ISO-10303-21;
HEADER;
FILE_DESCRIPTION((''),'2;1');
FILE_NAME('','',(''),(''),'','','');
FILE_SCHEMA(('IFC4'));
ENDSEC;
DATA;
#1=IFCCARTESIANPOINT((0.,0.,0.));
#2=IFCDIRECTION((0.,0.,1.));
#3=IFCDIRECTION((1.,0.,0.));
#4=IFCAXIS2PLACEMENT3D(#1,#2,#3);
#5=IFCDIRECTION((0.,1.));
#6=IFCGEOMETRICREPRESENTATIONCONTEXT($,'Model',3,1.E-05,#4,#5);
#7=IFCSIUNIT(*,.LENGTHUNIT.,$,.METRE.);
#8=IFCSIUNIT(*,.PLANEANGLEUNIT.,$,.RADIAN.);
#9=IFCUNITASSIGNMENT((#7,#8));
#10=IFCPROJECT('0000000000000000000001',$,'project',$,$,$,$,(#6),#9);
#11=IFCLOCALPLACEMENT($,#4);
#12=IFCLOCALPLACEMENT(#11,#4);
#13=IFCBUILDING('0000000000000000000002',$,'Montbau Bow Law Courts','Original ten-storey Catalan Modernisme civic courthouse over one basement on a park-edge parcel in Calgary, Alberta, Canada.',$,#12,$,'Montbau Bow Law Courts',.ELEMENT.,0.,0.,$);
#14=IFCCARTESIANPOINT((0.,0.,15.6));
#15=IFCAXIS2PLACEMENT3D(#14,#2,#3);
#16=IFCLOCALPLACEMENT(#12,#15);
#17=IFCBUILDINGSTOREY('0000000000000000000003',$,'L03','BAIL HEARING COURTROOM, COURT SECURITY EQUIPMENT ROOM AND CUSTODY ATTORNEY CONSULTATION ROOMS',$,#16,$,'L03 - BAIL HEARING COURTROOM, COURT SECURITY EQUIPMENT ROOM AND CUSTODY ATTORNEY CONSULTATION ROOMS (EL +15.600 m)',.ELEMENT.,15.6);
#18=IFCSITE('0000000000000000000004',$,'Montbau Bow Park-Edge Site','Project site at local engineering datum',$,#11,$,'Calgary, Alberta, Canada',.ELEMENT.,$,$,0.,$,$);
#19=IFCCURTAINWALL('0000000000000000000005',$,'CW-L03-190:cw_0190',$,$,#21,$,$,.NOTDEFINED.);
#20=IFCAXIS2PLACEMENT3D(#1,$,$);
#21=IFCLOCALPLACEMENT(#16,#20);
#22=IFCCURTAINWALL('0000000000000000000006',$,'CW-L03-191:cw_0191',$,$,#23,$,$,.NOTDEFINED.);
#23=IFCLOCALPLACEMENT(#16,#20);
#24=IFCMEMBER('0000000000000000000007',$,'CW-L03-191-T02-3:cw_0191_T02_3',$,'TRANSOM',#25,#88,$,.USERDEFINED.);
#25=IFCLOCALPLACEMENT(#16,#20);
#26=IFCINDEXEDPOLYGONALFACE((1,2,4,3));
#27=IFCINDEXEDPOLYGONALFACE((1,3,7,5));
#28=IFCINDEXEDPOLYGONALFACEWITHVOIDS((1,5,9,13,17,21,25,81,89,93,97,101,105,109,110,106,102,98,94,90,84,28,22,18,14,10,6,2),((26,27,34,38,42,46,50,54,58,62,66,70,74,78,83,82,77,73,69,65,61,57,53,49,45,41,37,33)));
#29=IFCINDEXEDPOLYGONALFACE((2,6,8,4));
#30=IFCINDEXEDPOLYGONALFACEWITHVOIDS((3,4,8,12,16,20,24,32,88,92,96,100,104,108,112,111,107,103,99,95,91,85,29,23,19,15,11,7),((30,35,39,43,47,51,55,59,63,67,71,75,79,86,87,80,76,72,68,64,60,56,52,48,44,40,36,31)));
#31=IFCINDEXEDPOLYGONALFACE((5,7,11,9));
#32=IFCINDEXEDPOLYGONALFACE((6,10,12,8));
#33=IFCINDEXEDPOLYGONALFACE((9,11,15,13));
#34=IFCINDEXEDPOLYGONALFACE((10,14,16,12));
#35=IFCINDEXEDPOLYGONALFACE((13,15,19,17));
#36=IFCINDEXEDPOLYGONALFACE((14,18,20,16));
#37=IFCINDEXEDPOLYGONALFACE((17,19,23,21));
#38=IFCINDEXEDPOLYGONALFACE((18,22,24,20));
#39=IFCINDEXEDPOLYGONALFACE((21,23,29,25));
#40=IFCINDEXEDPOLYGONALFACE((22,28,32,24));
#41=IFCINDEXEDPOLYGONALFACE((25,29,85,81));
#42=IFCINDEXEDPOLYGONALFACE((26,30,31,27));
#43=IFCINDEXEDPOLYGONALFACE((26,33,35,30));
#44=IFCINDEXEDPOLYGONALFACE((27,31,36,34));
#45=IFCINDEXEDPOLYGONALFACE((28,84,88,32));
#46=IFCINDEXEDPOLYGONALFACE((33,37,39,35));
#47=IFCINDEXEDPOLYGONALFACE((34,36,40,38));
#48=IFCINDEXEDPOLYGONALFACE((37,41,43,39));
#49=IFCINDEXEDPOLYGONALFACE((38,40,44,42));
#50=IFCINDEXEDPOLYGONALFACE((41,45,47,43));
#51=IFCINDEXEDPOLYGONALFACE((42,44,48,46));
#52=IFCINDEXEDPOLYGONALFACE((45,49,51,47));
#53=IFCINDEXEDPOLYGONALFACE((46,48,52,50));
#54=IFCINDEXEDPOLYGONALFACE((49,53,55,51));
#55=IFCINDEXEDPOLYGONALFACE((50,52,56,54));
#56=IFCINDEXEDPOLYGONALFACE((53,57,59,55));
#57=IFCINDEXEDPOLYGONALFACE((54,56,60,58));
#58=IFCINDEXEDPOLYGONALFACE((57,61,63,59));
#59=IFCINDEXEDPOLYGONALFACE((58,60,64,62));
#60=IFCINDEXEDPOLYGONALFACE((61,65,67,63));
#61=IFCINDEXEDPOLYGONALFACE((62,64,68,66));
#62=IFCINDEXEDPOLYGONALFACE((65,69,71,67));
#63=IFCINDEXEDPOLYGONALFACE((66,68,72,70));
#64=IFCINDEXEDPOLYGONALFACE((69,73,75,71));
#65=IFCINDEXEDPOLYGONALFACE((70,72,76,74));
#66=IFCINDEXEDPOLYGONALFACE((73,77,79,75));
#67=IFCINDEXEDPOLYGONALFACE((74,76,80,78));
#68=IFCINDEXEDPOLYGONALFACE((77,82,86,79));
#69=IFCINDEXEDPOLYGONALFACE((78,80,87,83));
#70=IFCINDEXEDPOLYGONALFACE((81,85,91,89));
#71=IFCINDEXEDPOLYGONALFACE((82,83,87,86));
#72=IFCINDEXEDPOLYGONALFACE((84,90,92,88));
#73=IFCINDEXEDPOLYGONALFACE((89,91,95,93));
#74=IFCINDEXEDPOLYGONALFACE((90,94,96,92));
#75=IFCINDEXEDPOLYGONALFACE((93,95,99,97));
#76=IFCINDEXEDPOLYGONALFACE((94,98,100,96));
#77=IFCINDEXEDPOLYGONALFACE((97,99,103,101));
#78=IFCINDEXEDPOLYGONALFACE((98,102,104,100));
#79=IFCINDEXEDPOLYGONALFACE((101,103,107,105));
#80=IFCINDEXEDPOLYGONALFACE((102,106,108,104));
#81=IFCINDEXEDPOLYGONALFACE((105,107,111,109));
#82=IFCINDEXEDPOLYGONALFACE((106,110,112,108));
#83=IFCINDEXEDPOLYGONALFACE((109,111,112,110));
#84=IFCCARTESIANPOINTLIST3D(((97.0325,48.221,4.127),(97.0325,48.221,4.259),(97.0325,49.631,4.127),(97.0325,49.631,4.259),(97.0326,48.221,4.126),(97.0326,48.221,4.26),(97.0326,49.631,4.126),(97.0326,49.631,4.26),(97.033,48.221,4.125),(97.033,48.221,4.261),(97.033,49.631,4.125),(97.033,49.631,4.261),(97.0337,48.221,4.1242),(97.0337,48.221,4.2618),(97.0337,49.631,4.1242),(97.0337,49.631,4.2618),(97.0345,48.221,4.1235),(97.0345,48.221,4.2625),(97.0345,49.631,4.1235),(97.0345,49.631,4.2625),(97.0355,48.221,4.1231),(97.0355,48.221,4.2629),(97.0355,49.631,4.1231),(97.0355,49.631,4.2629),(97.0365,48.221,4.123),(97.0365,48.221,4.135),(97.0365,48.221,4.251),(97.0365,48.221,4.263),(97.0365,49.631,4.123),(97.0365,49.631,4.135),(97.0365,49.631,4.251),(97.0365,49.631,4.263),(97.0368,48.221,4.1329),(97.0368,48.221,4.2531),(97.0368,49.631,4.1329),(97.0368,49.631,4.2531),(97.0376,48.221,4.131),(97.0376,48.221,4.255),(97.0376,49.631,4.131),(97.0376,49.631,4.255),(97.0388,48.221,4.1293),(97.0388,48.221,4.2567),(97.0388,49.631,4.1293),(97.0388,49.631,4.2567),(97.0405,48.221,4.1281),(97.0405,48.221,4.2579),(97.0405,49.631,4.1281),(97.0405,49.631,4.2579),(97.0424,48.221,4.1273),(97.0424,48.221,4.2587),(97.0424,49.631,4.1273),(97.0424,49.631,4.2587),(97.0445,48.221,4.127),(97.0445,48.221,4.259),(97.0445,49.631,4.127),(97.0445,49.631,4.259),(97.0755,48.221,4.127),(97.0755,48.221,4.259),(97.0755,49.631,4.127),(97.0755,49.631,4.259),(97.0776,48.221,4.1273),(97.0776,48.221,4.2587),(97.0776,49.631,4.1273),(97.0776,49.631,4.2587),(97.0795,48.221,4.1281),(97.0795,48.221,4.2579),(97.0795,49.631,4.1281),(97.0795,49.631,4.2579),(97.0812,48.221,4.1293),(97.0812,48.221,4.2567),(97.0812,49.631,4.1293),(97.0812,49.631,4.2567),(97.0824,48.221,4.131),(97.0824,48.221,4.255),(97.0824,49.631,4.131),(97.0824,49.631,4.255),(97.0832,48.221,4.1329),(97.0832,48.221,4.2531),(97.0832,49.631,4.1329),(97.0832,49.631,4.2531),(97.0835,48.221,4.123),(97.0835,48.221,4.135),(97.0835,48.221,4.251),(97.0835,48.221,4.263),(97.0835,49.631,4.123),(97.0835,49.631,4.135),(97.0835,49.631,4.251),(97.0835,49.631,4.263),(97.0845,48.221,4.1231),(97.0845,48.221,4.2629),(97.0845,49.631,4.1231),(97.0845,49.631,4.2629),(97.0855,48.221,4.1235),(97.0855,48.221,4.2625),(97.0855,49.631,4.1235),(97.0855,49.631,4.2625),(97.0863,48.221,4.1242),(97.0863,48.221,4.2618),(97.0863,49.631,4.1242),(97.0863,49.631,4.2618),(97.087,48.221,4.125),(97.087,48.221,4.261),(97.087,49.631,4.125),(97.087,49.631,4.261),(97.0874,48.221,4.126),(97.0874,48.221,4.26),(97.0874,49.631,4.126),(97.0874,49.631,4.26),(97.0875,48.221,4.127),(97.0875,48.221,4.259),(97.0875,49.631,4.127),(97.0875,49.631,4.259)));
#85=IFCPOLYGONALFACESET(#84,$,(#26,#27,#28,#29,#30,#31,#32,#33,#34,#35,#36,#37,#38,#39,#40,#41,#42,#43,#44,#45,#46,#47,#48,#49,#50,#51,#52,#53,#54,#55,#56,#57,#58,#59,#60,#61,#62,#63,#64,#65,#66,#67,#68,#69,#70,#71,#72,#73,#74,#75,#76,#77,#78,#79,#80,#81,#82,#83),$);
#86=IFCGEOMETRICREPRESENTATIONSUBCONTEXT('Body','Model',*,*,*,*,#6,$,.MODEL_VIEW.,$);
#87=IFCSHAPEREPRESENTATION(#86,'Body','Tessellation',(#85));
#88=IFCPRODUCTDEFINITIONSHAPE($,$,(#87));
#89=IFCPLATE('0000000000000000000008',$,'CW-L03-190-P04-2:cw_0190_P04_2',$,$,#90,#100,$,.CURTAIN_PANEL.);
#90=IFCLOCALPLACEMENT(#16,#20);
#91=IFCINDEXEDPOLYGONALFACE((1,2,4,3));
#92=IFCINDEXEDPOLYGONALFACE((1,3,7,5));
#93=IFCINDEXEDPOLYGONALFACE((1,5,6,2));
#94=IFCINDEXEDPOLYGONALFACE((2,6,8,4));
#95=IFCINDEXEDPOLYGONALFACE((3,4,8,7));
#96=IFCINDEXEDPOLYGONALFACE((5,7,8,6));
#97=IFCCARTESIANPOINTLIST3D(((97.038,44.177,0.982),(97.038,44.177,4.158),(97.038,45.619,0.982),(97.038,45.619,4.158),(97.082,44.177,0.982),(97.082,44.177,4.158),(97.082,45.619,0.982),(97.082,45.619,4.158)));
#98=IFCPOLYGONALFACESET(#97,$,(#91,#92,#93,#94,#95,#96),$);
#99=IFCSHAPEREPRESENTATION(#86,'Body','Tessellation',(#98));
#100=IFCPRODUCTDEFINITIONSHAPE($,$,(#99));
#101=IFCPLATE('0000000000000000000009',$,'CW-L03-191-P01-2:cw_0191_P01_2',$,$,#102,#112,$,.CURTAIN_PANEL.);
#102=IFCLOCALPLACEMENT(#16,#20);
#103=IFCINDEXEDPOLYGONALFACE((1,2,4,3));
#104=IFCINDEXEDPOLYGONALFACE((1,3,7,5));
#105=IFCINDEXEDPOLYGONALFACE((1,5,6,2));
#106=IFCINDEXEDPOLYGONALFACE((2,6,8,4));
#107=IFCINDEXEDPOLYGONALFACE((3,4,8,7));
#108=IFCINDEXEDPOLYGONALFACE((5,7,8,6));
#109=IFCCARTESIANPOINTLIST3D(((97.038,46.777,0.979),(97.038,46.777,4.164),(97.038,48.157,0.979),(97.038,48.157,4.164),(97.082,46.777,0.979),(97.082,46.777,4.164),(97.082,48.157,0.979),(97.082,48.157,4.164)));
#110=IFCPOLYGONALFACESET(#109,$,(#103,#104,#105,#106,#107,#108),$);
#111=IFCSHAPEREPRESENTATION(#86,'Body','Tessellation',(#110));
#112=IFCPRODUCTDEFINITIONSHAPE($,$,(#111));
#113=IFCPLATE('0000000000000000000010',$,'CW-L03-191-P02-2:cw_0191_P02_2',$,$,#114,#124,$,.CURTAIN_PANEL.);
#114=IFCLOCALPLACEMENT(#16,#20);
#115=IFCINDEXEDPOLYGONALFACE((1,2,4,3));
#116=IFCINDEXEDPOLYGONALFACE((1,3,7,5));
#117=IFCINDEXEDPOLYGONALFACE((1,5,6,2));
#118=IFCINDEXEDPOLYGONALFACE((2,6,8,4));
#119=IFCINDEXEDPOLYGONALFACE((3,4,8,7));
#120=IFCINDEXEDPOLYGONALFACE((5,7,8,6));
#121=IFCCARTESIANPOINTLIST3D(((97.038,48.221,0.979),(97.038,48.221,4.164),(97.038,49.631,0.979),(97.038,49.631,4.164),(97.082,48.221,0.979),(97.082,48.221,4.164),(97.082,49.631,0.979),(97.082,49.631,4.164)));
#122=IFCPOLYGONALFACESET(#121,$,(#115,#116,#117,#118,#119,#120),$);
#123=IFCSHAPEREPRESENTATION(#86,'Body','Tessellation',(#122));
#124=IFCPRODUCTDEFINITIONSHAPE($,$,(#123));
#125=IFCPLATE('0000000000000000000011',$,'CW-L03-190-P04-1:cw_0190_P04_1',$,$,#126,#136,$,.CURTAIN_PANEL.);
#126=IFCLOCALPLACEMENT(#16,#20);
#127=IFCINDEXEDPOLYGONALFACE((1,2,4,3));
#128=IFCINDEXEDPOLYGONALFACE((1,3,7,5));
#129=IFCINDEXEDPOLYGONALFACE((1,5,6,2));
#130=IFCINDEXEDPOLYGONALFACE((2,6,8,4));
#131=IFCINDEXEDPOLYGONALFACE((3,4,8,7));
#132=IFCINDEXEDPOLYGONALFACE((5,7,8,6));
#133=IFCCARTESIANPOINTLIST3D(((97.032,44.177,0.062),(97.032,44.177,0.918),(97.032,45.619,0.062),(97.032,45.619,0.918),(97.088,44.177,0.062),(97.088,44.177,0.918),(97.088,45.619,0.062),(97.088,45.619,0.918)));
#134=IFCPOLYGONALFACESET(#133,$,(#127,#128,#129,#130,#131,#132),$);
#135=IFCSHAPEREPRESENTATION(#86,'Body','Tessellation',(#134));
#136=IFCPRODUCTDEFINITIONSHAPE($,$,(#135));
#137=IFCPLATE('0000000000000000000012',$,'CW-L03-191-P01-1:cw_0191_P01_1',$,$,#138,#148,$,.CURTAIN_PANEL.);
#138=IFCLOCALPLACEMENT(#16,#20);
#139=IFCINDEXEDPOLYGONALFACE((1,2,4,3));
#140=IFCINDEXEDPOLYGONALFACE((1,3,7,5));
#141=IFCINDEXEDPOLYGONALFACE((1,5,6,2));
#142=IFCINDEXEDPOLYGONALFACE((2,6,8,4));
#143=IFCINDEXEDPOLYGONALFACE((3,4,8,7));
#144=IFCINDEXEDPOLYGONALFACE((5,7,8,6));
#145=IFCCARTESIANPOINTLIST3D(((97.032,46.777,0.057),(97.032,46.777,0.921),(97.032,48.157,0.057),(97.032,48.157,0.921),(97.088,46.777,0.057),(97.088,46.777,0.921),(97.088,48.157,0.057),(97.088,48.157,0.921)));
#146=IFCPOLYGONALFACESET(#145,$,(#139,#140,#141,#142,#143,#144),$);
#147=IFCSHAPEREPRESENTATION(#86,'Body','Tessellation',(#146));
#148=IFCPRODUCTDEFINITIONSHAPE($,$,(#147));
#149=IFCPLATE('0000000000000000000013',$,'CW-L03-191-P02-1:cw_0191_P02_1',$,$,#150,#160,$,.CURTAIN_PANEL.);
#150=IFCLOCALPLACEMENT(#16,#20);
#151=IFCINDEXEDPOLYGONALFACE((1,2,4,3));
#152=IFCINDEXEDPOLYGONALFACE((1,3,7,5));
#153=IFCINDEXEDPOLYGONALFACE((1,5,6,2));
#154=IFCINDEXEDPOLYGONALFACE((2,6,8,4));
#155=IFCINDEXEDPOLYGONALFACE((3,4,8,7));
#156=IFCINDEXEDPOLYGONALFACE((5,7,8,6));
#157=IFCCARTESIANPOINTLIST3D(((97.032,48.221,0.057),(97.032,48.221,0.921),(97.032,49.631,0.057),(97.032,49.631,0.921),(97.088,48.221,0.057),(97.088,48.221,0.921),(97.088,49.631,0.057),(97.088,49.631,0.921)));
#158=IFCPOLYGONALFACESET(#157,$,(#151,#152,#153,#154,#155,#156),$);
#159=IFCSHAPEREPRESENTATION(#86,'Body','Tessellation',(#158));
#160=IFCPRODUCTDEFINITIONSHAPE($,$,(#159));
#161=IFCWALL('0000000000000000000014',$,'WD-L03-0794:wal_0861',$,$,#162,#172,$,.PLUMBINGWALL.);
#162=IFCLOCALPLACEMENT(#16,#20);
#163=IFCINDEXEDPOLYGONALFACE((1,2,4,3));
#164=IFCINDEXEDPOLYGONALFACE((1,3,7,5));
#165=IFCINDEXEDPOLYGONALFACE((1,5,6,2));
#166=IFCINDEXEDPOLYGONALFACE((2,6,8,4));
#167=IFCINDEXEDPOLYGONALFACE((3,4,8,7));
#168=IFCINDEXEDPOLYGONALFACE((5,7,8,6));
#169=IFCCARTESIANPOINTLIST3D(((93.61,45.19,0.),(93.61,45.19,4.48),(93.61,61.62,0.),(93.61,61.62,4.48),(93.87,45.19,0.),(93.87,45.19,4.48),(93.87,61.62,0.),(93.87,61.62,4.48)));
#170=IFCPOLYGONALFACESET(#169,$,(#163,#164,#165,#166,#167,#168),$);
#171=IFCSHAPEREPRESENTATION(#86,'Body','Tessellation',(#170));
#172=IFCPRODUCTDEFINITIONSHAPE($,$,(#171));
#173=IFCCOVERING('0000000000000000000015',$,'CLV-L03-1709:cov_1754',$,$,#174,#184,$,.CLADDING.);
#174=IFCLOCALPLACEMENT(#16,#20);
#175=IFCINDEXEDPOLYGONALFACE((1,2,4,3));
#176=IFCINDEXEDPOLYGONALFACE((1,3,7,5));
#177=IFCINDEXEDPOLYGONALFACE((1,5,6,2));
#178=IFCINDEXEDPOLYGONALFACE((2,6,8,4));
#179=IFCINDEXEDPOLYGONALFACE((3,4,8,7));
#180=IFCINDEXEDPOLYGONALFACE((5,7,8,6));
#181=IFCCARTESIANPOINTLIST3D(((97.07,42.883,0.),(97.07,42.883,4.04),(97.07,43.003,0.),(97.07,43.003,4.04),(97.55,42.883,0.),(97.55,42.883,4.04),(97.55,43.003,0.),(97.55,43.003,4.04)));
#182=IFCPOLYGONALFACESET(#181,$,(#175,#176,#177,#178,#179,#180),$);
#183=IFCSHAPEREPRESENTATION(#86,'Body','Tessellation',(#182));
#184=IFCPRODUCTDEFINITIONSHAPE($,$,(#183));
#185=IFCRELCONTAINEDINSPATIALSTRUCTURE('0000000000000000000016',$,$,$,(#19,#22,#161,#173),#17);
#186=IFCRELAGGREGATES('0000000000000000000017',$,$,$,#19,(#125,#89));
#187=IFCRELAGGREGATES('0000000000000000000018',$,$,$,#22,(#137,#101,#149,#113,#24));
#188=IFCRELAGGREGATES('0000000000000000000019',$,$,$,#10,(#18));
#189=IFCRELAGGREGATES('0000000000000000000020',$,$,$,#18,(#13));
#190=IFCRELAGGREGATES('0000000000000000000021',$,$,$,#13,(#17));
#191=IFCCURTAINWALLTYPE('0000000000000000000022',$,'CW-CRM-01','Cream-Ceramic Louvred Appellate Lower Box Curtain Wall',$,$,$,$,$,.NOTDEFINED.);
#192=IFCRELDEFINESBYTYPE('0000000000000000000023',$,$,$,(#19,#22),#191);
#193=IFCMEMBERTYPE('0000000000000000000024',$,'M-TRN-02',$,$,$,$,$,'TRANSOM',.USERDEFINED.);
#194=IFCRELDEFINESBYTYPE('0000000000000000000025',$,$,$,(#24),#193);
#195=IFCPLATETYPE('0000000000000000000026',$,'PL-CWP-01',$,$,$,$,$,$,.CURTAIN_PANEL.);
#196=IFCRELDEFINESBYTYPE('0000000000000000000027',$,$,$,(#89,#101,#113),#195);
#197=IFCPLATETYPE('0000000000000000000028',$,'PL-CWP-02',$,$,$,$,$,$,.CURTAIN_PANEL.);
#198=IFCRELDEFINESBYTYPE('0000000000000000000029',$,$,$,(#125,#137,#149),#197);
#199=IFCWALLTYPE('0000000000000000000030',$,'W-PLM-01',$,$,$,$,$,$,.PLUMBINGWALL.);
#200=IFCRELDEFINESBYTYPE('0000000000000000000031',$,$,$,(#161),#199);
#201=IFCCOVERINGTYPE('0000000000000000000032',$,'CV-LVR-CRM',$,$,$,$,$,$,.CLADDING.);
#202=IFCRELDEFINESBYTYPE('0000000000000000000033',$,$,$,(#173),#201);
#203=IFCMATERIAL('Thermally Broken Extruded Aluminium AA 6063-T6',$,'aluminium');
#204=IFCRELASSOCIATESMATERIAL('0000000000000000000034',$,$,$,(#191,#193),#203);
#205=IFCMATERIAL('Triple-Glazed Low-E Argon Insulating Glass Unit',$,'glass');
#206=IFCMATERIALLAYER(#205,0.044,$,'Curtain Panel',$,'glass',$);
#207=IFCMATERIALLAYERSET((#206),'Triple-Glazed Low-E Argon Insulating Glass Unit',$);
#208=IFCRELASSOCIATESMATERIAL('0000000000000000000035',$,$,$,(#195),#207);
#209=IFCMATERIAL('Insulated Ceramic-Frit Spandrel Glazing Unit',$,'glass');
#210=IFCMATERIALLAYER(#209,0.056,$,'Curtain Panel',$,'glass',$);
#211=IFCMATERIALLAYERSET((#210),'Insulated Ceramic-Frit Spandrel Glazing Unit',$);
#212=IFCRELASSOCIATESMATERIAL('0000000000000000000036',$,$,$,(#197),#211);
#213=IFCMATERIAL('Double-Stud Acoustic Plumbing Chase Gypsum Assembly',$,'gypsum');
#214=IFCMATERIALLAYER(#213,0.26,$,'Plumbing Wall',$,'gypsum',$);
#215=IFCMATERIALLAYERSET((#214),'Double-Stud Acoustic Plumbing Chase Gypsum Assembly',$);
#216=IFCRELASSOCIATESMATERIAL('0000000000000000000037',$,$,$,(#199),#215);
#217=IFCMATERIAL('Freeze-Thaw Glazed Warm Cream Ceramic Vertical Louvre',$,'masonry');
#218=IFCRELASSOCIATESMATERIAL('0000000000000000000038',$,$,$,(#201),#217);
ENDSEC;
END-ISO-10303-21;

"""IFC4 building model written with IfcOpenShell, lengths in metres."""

from ifc_helpers import new_model, si_unit, direction, frame, frame_2d, origin_with_axes, origin_2d_with_axis, place, context, subcontext, project, spatial, rectangle, hollow_rectangle, extrude, material, layer, layer_set, material_profile, profile_set, type_object, element, aggregate, save


model = new_model("IFC4")

# Units and contexts
model_context = context("Model", 3, precision=1e-05, world=origin_with_axes(), true_north=direction((0.0, 1.0)))
body_context = subcontext(model_context, "Body", "Model", "MODEL_VIEW")
ifc_project = project(units=[si_unit("LENGTHUNIT", "METRE"), si_unit("PLANEANGLEUNIT", "RADIAN")], contexts=[model_context])

# Site, building, storey
site_placement = place(None, origin_with_axes())
site = spatial("IfcSite", under=ifc_project, at=site_placement, Name="Montbau Bow Park-Edge Site", Description="Project site at local engineering datum", LongName="Calgary, Alberta, Canada", CompositionType="ELEMENT", RefElevation=0.0)
building_placement = place(site_placement, origin_with_axes())
building = spatial("IfcBuilding", under=site, at=building_placement, Name="Montbau Bow Law Courts", Description="Original ten-storey Catalan Modernisme civic courthouse over one basement on a park-edge parcel in Calgary, Alberta, Canada.", LongName="Montbau Bow Law Courts", CompositionType="ELEMENT", ElevationOfRefHeight=0.0, ElevationOfTerrain=0.0)
storey_placement = place(building_placement, frame((0.0, 0.0, 15.6), z_axis=(0.0, 0.0, 1.0), x_axis=(1.0, 0.0, 0.0)))
storey = spatial("IfcBuildingStorey", under=building, at=storey_placement, Name="L03", Description="BAIL HEARING COURTROOM, COURT SECURITY EQUIPMENT ROOM AND CUSTODY ATTORNEY CONSULTATION ROOMS", LongName="L03 - BAIL HEARING COURTROOM, COURT SECURITY EQUIPMENT ROOM AND CUSTODY ATTORNEY CONSULTATION ROOMS (EL +15.600 m)", CompositionType="ELEMENT", Elevation=15.6)

# Curtain walls
ifc_material_1 = material(Name="Thermally Broken Extruded Aluminium AA 6063-T6", Category="aluminium")
curtain_wall_type = type_object("IfcCurtainWallType", Name="CW-CRM-01", Description="Cream-Ceramic Louvred Appellate Lower Box Curtain Wall", PredefinedType="NOTDEFINED", material=ifc_material_1)
curtain_wall_1_placement = place(None, frame((97.06, 39.515, 15.6), z_axis=(0.0, 0.0, 1.0), x_axis=(1.0, 0.0, 0.0)))
curtain_wall_1 = element("IfcCurtainWall", 1, at=curtain_wall_1_placement, inside=storey, type_object=curtain_wall_type, Name="CW-L03-190:cw_0190", PredefinedType="NOTDEFINED")
curtain_wall_2_placement = place(None, frame((97.06, 46.715, 15.6), z_axis=(0.0, 0.0, 1.0), x_axis=(1.0, 0.0, 0.0)))
curtain_wall_2 = element("IfcCurtainWall", 2, at=curtain_wall_2_placement, inside=storey, type_object=curtain_wall_type, Name="CW-L03-191:cw_0191", PredefinedType="NOTDEFINED")

# Member
ifc_material_profile_1 = material_profile(ifc_material_1, hollow_rectangle(XDim=0.055, YDim=0.14, WallThickness=0.004, InnerFilletRadius=0.008, OuterFilletRadius=0.004, at=origin_2d_with_axis()), Name="CWT-140X55", Category="Main", Priority=0)
ifc_profile_set_1 = profile_set([ifc_material_profile_1], Name="Thermally Broken Extruded Aluminium AA 6063-T6")
member_type_1 = type_object("IfcMemberType", Name="M-TRN-02", ElementType="TRANSOM", PredefinedType="USERDEFINED", material=ifc_profile_set_1)
member_1_placement = place(None, frame((97.06, 48.221, 19.793), z_axis=(0.0, 1.0, 0.0), x_axis=(-1.0, 0.0, 0.0)))
member_1 = element("IfcMember", 3, at=member_1_placement, type_object=member_type_1, Name="CW-L03-191-T02-3:cw_0191_T02_3", ObjectType="TRANSOM", PredefinedType="USERDEFINED", context=body_context, shape_type="SweptSolid", body=[
    extrude(hollow_rectangle(XDim=0.055, YDim=0.14, WallThickness=0.004, InnerFilletRadius=0.008, OuterFilletRadius=0.004, at=origin_2d_with_axis()), origin_with_axes(), (0.0, 0.0, 1.0), 1.41),
])

# Plates
ifc_material_2 = material(Name="Triple-Glazed Low-E Argon Insulating Glass Unit", Category="glass")
ifc_layer_1 = layer(ifc_material_2, 0.044, Name="Curtain Panel", Category="glass")
ifc_layer_set_1 = layer_set([ifc_layer_1], Name="Triple-Glazed Low-E Argon Insulating Glass Unit")
plate_type_1 = type_object("IfcPlateType", Name="PL-CWP-01", PredefinedType="CURTAIN_PANEL", material=ifc_layer_set_1)
plate_1_placement = place(None, frame((97.06, 44.177, 16.582), z_axis=(1.0, 0.0, 0.0), x_axis=(0.0, 1.0, 0.0)))
plate_1 = element("IfcPlate", 4, at=plate_1_placement, type_object=plate_type_1, Name="CW-L03-190-P04-2:cw_0190_P04_2", PredefinedType="CURTAIN_PANEL", context=body_context, shape_type="SweptSolid", body=[
    extrude(rectangle(XDim=1.442, YDim=3.176, at=frame_2d((0.721, 1.588), x_axis=(1.0, 0.0))), frame((0.0, 0.0, -0.022), z_axis=(0.0, 0.0, 1.0), x_axis=(1.0, 0.0, 0.0)), (0.0, 0.0, 1.0), 0.044),
])
plate_2_placement = place(None, frame((97.06, 46.777, 16.579), z_axis=(1.0, 0.0, 0.0), x_axis=(0.0, 1.0, 0.0)))
plate_2 = element("IfcPlate", 5, at=plate_2_placement, type_object=plate_type_1, Name="CW-L03-191-P01-2:cw_0191_P01_2", PredefinedType="CURTAIN_PANEL", context=body_context, shape_type="SweptSolid", body=[
    extrude(rectangle(XDim=1.38, YDim=3.185, at=frame_2d((0.69, 1.5925), x_axis=(1.0, 0.0))), frame((0.0, 0.0, -0.022), z_axis=(0.0, 0.0, 1.0), x_axis=(1.0, 0.0, 0.0)), (0.0, 0.0, 1.0), 0.044),
])
plate_3_placement = place(None, frame((97.06, 48.221, 16.579), z_axis=(1.0, 0.0, 0.0), x_axis=(0.0, 1.0, 0.0)))
plate_3 = element("IfcPlate", 6, at=plate_3_placement, type_object=plate_type_1, Name="CW-L03-191-P02-2:cw_0191_P02_2", PredefinedType="CURTAIN_PANEL", context=body_context, shape_type="SweptSolid", body=[
    extrude(rectangle(XDim=1.41, YDim=3.185, at=frame_2d((0.705, 1.5925), x_axis=(1.0, 0.0))), frame((0.0, 0.0, -0.022), z_axis=(0.0, 0.0, 1.0), x_axis=(1.0, 0.0, 0.0)), (0.0, 0.0, 1.0), 0.044),
])
ifc_material_3 = material(Name="Insulated Ceramic-Frit Spandrel Glazing Unit", Category="glass")
ifc_layer_2 = layer(ifc_material_3, 0.056, Name="Curtain Panel", Category="glass")
ifc_layer_set_2 = layer_set([ifc_layer_2], Name="Insulated Ceramic-Frit Spandrel Glazing Unit")
plate_type_2 = type_object("IfcPlateType", Name="PL-CWP-02", PredefinedType="CURTAIN_PANEL", material=ifc_layer_set_2)
plate_4_placement = place(None, frame((97.06, 44.177, 15.662), z_axis=(1.0, 0.0, 0.0), x_axis=(0.0, 1.0, 0.0)))
plate_4 = element("IfcPlate", 7, at=plate_4_placement, type_object=plate_type_2, Name="CW-L03-190-P04-1:cw_0190_P04_1", PredefinedType="CURTAIN_PANEL", context=body_context, shape_type="SweptSolid", body=[
    extrude(rectangle(XDim=1.442, YDim=0.856, at=frame_2d((0.721, 0.428), x_axis=(1.0, 0.0))), frame((0.0, 0.0, -0.028), z_axis=(0.0, 0.0, 1.0), x_axis=(1.0, 0.0, 0.0)), (0.0, 0.0, 1.0), 0.056),
])
aggregate(curtain_wall_1, [plate_4, plate_1])
plate_5_placement = place(None, frame((97.06, 46.777, 15.657), z_axis=(1.0, 0.0, 0.0), x_axis=(0.0, 1.0, 0.0)))
plate_5 = element("IfcPlate", 8, at=plate_5_placement, type_object=plate_type_2, Name="CW-L03-191-P01-1:cw_0191_P01_1", PredefinedType="CURTAIN_PANEL", context=body_context, shape_type="SweptSolid", body=[
    extrude(rectangle(XDim=1.38, YDim=0.864, at=frame_2d((0.69, 0.432), x_axis=(1.0, 0.0))), frame((0.0, 0.0, -0.028), z_axis=(0.0, 0.0, 1.0), x_axis=(1.0, 0.0, 0.0)), (0.0, 0.0, 1.0), 0.056),
])
plate_6_placement = place(None, frame((97.06, 48.221, 15.657), z_axis=(1.0, 0.0, 0.0), x_axis=(0.0, 1.0, 0.0)))
plate_6 = element("IfcPlate", 9, at=plate_6_placement, type_object=plate_type_2, Name="CW-L03-191-P02-1:cw_0191_P02_1", PredefinedType="CURTAIN_PANEL", context=body_context, shape_type="SweptSolid", body=[
    extrude(rectangle(XDim=1.41, YDim=0.864, at=frame_2d((0.705, 0.432), x_axis=(1.0, 0.0))), frame((0.0, 0.0, -0.028), z_axis=(0.0, 0.0, 1.0), x_axis=(1.0, 0.0, 0.0)), (0.0, 0.0, 1.0), 0.056),
])
aggregate(curtain_wall_2, [plate_5, plate_2, plate_6, plate_3, member_1])

# Wall
ifc_material_4 = material(Name="Double-Stud Acoustic Plumbing Chase Gypsum Assembly", Category="gypsum")
ifc_layer_3 = layer(ifc_material_4, 0.26, Name="Plumbing Wall", Category="gypsum")
ifc_layer_set_3 = layer_set([ifc_layer_3], Name="Double-Stud Acoustic Plumbing Chase Gypsum Assembly")
wall_type = type_object("IfcWallType", Name="W-PLM-01", PredefinedType="PLUMBINGWALL", material=ifc_layer_set_3)
wall_placement = place(None, frame((93.74, 45.19, 15.6), z_axis=(0.0, 0.0, 1.0), x_axis=(0.0, 1.0, 0.0)))
element("IfcWall", 10, at=wall_placement, inside=storey, type_object=wall_type, Name="WD-L03-0794:wal_0861", PredefinedType="PLUMBINGWALL", context=body_context, shape_type="SweptSolid", body=[
    extrude(rectangle(XDim=16.43, YDim=0.26, at=frame_2d((8.215, 0.0), x_axis=(1.0, 0.0))), origin_with_axes(), (0.0, 0.0, 1.0), 4.48),
])

# Covering
ifc_material_5 = material(Name="Freeze-Thaw Glazed Warm Cream Ceramic Vertical Louvre", Category="masonry")
covering_type = type_object("IfcCoveringType", Name="CV-LVR-CRM", PredefinedType="CLADDING", material=ifc_material_5)
for number, where, z_axis, x_axis, name in (
    (11, (97.07, 42.943, 15.6), (0.0, -1.0, 0.0), (1.0, 0.0, 0.0), "CLV-L03-1709:cov_1754"),
):
    element("IfcCovering", number, at=place(None, frame(where, z_axis=z_axis, x_axis=x_axis)), inside=storey, type_object=covering_type, Name=name, PredefinedType="CLADDING", context=body_context, shape_type="SweptSolid", body=[
        extrude(rectangle(XDim=0.48, YDim=4.04, at=frame_2d((0.24, 2.02), x_axis=(1.0, 0.0))), frame((0.0, 0.0, -0.06), z_axis=(0.0, 0.0, 1.0), x_axis=(1.0, 0.0, 0.0)), (0.0, 0.0, 1.0), 0.12),
    ])

save(model, "model.ifc")
